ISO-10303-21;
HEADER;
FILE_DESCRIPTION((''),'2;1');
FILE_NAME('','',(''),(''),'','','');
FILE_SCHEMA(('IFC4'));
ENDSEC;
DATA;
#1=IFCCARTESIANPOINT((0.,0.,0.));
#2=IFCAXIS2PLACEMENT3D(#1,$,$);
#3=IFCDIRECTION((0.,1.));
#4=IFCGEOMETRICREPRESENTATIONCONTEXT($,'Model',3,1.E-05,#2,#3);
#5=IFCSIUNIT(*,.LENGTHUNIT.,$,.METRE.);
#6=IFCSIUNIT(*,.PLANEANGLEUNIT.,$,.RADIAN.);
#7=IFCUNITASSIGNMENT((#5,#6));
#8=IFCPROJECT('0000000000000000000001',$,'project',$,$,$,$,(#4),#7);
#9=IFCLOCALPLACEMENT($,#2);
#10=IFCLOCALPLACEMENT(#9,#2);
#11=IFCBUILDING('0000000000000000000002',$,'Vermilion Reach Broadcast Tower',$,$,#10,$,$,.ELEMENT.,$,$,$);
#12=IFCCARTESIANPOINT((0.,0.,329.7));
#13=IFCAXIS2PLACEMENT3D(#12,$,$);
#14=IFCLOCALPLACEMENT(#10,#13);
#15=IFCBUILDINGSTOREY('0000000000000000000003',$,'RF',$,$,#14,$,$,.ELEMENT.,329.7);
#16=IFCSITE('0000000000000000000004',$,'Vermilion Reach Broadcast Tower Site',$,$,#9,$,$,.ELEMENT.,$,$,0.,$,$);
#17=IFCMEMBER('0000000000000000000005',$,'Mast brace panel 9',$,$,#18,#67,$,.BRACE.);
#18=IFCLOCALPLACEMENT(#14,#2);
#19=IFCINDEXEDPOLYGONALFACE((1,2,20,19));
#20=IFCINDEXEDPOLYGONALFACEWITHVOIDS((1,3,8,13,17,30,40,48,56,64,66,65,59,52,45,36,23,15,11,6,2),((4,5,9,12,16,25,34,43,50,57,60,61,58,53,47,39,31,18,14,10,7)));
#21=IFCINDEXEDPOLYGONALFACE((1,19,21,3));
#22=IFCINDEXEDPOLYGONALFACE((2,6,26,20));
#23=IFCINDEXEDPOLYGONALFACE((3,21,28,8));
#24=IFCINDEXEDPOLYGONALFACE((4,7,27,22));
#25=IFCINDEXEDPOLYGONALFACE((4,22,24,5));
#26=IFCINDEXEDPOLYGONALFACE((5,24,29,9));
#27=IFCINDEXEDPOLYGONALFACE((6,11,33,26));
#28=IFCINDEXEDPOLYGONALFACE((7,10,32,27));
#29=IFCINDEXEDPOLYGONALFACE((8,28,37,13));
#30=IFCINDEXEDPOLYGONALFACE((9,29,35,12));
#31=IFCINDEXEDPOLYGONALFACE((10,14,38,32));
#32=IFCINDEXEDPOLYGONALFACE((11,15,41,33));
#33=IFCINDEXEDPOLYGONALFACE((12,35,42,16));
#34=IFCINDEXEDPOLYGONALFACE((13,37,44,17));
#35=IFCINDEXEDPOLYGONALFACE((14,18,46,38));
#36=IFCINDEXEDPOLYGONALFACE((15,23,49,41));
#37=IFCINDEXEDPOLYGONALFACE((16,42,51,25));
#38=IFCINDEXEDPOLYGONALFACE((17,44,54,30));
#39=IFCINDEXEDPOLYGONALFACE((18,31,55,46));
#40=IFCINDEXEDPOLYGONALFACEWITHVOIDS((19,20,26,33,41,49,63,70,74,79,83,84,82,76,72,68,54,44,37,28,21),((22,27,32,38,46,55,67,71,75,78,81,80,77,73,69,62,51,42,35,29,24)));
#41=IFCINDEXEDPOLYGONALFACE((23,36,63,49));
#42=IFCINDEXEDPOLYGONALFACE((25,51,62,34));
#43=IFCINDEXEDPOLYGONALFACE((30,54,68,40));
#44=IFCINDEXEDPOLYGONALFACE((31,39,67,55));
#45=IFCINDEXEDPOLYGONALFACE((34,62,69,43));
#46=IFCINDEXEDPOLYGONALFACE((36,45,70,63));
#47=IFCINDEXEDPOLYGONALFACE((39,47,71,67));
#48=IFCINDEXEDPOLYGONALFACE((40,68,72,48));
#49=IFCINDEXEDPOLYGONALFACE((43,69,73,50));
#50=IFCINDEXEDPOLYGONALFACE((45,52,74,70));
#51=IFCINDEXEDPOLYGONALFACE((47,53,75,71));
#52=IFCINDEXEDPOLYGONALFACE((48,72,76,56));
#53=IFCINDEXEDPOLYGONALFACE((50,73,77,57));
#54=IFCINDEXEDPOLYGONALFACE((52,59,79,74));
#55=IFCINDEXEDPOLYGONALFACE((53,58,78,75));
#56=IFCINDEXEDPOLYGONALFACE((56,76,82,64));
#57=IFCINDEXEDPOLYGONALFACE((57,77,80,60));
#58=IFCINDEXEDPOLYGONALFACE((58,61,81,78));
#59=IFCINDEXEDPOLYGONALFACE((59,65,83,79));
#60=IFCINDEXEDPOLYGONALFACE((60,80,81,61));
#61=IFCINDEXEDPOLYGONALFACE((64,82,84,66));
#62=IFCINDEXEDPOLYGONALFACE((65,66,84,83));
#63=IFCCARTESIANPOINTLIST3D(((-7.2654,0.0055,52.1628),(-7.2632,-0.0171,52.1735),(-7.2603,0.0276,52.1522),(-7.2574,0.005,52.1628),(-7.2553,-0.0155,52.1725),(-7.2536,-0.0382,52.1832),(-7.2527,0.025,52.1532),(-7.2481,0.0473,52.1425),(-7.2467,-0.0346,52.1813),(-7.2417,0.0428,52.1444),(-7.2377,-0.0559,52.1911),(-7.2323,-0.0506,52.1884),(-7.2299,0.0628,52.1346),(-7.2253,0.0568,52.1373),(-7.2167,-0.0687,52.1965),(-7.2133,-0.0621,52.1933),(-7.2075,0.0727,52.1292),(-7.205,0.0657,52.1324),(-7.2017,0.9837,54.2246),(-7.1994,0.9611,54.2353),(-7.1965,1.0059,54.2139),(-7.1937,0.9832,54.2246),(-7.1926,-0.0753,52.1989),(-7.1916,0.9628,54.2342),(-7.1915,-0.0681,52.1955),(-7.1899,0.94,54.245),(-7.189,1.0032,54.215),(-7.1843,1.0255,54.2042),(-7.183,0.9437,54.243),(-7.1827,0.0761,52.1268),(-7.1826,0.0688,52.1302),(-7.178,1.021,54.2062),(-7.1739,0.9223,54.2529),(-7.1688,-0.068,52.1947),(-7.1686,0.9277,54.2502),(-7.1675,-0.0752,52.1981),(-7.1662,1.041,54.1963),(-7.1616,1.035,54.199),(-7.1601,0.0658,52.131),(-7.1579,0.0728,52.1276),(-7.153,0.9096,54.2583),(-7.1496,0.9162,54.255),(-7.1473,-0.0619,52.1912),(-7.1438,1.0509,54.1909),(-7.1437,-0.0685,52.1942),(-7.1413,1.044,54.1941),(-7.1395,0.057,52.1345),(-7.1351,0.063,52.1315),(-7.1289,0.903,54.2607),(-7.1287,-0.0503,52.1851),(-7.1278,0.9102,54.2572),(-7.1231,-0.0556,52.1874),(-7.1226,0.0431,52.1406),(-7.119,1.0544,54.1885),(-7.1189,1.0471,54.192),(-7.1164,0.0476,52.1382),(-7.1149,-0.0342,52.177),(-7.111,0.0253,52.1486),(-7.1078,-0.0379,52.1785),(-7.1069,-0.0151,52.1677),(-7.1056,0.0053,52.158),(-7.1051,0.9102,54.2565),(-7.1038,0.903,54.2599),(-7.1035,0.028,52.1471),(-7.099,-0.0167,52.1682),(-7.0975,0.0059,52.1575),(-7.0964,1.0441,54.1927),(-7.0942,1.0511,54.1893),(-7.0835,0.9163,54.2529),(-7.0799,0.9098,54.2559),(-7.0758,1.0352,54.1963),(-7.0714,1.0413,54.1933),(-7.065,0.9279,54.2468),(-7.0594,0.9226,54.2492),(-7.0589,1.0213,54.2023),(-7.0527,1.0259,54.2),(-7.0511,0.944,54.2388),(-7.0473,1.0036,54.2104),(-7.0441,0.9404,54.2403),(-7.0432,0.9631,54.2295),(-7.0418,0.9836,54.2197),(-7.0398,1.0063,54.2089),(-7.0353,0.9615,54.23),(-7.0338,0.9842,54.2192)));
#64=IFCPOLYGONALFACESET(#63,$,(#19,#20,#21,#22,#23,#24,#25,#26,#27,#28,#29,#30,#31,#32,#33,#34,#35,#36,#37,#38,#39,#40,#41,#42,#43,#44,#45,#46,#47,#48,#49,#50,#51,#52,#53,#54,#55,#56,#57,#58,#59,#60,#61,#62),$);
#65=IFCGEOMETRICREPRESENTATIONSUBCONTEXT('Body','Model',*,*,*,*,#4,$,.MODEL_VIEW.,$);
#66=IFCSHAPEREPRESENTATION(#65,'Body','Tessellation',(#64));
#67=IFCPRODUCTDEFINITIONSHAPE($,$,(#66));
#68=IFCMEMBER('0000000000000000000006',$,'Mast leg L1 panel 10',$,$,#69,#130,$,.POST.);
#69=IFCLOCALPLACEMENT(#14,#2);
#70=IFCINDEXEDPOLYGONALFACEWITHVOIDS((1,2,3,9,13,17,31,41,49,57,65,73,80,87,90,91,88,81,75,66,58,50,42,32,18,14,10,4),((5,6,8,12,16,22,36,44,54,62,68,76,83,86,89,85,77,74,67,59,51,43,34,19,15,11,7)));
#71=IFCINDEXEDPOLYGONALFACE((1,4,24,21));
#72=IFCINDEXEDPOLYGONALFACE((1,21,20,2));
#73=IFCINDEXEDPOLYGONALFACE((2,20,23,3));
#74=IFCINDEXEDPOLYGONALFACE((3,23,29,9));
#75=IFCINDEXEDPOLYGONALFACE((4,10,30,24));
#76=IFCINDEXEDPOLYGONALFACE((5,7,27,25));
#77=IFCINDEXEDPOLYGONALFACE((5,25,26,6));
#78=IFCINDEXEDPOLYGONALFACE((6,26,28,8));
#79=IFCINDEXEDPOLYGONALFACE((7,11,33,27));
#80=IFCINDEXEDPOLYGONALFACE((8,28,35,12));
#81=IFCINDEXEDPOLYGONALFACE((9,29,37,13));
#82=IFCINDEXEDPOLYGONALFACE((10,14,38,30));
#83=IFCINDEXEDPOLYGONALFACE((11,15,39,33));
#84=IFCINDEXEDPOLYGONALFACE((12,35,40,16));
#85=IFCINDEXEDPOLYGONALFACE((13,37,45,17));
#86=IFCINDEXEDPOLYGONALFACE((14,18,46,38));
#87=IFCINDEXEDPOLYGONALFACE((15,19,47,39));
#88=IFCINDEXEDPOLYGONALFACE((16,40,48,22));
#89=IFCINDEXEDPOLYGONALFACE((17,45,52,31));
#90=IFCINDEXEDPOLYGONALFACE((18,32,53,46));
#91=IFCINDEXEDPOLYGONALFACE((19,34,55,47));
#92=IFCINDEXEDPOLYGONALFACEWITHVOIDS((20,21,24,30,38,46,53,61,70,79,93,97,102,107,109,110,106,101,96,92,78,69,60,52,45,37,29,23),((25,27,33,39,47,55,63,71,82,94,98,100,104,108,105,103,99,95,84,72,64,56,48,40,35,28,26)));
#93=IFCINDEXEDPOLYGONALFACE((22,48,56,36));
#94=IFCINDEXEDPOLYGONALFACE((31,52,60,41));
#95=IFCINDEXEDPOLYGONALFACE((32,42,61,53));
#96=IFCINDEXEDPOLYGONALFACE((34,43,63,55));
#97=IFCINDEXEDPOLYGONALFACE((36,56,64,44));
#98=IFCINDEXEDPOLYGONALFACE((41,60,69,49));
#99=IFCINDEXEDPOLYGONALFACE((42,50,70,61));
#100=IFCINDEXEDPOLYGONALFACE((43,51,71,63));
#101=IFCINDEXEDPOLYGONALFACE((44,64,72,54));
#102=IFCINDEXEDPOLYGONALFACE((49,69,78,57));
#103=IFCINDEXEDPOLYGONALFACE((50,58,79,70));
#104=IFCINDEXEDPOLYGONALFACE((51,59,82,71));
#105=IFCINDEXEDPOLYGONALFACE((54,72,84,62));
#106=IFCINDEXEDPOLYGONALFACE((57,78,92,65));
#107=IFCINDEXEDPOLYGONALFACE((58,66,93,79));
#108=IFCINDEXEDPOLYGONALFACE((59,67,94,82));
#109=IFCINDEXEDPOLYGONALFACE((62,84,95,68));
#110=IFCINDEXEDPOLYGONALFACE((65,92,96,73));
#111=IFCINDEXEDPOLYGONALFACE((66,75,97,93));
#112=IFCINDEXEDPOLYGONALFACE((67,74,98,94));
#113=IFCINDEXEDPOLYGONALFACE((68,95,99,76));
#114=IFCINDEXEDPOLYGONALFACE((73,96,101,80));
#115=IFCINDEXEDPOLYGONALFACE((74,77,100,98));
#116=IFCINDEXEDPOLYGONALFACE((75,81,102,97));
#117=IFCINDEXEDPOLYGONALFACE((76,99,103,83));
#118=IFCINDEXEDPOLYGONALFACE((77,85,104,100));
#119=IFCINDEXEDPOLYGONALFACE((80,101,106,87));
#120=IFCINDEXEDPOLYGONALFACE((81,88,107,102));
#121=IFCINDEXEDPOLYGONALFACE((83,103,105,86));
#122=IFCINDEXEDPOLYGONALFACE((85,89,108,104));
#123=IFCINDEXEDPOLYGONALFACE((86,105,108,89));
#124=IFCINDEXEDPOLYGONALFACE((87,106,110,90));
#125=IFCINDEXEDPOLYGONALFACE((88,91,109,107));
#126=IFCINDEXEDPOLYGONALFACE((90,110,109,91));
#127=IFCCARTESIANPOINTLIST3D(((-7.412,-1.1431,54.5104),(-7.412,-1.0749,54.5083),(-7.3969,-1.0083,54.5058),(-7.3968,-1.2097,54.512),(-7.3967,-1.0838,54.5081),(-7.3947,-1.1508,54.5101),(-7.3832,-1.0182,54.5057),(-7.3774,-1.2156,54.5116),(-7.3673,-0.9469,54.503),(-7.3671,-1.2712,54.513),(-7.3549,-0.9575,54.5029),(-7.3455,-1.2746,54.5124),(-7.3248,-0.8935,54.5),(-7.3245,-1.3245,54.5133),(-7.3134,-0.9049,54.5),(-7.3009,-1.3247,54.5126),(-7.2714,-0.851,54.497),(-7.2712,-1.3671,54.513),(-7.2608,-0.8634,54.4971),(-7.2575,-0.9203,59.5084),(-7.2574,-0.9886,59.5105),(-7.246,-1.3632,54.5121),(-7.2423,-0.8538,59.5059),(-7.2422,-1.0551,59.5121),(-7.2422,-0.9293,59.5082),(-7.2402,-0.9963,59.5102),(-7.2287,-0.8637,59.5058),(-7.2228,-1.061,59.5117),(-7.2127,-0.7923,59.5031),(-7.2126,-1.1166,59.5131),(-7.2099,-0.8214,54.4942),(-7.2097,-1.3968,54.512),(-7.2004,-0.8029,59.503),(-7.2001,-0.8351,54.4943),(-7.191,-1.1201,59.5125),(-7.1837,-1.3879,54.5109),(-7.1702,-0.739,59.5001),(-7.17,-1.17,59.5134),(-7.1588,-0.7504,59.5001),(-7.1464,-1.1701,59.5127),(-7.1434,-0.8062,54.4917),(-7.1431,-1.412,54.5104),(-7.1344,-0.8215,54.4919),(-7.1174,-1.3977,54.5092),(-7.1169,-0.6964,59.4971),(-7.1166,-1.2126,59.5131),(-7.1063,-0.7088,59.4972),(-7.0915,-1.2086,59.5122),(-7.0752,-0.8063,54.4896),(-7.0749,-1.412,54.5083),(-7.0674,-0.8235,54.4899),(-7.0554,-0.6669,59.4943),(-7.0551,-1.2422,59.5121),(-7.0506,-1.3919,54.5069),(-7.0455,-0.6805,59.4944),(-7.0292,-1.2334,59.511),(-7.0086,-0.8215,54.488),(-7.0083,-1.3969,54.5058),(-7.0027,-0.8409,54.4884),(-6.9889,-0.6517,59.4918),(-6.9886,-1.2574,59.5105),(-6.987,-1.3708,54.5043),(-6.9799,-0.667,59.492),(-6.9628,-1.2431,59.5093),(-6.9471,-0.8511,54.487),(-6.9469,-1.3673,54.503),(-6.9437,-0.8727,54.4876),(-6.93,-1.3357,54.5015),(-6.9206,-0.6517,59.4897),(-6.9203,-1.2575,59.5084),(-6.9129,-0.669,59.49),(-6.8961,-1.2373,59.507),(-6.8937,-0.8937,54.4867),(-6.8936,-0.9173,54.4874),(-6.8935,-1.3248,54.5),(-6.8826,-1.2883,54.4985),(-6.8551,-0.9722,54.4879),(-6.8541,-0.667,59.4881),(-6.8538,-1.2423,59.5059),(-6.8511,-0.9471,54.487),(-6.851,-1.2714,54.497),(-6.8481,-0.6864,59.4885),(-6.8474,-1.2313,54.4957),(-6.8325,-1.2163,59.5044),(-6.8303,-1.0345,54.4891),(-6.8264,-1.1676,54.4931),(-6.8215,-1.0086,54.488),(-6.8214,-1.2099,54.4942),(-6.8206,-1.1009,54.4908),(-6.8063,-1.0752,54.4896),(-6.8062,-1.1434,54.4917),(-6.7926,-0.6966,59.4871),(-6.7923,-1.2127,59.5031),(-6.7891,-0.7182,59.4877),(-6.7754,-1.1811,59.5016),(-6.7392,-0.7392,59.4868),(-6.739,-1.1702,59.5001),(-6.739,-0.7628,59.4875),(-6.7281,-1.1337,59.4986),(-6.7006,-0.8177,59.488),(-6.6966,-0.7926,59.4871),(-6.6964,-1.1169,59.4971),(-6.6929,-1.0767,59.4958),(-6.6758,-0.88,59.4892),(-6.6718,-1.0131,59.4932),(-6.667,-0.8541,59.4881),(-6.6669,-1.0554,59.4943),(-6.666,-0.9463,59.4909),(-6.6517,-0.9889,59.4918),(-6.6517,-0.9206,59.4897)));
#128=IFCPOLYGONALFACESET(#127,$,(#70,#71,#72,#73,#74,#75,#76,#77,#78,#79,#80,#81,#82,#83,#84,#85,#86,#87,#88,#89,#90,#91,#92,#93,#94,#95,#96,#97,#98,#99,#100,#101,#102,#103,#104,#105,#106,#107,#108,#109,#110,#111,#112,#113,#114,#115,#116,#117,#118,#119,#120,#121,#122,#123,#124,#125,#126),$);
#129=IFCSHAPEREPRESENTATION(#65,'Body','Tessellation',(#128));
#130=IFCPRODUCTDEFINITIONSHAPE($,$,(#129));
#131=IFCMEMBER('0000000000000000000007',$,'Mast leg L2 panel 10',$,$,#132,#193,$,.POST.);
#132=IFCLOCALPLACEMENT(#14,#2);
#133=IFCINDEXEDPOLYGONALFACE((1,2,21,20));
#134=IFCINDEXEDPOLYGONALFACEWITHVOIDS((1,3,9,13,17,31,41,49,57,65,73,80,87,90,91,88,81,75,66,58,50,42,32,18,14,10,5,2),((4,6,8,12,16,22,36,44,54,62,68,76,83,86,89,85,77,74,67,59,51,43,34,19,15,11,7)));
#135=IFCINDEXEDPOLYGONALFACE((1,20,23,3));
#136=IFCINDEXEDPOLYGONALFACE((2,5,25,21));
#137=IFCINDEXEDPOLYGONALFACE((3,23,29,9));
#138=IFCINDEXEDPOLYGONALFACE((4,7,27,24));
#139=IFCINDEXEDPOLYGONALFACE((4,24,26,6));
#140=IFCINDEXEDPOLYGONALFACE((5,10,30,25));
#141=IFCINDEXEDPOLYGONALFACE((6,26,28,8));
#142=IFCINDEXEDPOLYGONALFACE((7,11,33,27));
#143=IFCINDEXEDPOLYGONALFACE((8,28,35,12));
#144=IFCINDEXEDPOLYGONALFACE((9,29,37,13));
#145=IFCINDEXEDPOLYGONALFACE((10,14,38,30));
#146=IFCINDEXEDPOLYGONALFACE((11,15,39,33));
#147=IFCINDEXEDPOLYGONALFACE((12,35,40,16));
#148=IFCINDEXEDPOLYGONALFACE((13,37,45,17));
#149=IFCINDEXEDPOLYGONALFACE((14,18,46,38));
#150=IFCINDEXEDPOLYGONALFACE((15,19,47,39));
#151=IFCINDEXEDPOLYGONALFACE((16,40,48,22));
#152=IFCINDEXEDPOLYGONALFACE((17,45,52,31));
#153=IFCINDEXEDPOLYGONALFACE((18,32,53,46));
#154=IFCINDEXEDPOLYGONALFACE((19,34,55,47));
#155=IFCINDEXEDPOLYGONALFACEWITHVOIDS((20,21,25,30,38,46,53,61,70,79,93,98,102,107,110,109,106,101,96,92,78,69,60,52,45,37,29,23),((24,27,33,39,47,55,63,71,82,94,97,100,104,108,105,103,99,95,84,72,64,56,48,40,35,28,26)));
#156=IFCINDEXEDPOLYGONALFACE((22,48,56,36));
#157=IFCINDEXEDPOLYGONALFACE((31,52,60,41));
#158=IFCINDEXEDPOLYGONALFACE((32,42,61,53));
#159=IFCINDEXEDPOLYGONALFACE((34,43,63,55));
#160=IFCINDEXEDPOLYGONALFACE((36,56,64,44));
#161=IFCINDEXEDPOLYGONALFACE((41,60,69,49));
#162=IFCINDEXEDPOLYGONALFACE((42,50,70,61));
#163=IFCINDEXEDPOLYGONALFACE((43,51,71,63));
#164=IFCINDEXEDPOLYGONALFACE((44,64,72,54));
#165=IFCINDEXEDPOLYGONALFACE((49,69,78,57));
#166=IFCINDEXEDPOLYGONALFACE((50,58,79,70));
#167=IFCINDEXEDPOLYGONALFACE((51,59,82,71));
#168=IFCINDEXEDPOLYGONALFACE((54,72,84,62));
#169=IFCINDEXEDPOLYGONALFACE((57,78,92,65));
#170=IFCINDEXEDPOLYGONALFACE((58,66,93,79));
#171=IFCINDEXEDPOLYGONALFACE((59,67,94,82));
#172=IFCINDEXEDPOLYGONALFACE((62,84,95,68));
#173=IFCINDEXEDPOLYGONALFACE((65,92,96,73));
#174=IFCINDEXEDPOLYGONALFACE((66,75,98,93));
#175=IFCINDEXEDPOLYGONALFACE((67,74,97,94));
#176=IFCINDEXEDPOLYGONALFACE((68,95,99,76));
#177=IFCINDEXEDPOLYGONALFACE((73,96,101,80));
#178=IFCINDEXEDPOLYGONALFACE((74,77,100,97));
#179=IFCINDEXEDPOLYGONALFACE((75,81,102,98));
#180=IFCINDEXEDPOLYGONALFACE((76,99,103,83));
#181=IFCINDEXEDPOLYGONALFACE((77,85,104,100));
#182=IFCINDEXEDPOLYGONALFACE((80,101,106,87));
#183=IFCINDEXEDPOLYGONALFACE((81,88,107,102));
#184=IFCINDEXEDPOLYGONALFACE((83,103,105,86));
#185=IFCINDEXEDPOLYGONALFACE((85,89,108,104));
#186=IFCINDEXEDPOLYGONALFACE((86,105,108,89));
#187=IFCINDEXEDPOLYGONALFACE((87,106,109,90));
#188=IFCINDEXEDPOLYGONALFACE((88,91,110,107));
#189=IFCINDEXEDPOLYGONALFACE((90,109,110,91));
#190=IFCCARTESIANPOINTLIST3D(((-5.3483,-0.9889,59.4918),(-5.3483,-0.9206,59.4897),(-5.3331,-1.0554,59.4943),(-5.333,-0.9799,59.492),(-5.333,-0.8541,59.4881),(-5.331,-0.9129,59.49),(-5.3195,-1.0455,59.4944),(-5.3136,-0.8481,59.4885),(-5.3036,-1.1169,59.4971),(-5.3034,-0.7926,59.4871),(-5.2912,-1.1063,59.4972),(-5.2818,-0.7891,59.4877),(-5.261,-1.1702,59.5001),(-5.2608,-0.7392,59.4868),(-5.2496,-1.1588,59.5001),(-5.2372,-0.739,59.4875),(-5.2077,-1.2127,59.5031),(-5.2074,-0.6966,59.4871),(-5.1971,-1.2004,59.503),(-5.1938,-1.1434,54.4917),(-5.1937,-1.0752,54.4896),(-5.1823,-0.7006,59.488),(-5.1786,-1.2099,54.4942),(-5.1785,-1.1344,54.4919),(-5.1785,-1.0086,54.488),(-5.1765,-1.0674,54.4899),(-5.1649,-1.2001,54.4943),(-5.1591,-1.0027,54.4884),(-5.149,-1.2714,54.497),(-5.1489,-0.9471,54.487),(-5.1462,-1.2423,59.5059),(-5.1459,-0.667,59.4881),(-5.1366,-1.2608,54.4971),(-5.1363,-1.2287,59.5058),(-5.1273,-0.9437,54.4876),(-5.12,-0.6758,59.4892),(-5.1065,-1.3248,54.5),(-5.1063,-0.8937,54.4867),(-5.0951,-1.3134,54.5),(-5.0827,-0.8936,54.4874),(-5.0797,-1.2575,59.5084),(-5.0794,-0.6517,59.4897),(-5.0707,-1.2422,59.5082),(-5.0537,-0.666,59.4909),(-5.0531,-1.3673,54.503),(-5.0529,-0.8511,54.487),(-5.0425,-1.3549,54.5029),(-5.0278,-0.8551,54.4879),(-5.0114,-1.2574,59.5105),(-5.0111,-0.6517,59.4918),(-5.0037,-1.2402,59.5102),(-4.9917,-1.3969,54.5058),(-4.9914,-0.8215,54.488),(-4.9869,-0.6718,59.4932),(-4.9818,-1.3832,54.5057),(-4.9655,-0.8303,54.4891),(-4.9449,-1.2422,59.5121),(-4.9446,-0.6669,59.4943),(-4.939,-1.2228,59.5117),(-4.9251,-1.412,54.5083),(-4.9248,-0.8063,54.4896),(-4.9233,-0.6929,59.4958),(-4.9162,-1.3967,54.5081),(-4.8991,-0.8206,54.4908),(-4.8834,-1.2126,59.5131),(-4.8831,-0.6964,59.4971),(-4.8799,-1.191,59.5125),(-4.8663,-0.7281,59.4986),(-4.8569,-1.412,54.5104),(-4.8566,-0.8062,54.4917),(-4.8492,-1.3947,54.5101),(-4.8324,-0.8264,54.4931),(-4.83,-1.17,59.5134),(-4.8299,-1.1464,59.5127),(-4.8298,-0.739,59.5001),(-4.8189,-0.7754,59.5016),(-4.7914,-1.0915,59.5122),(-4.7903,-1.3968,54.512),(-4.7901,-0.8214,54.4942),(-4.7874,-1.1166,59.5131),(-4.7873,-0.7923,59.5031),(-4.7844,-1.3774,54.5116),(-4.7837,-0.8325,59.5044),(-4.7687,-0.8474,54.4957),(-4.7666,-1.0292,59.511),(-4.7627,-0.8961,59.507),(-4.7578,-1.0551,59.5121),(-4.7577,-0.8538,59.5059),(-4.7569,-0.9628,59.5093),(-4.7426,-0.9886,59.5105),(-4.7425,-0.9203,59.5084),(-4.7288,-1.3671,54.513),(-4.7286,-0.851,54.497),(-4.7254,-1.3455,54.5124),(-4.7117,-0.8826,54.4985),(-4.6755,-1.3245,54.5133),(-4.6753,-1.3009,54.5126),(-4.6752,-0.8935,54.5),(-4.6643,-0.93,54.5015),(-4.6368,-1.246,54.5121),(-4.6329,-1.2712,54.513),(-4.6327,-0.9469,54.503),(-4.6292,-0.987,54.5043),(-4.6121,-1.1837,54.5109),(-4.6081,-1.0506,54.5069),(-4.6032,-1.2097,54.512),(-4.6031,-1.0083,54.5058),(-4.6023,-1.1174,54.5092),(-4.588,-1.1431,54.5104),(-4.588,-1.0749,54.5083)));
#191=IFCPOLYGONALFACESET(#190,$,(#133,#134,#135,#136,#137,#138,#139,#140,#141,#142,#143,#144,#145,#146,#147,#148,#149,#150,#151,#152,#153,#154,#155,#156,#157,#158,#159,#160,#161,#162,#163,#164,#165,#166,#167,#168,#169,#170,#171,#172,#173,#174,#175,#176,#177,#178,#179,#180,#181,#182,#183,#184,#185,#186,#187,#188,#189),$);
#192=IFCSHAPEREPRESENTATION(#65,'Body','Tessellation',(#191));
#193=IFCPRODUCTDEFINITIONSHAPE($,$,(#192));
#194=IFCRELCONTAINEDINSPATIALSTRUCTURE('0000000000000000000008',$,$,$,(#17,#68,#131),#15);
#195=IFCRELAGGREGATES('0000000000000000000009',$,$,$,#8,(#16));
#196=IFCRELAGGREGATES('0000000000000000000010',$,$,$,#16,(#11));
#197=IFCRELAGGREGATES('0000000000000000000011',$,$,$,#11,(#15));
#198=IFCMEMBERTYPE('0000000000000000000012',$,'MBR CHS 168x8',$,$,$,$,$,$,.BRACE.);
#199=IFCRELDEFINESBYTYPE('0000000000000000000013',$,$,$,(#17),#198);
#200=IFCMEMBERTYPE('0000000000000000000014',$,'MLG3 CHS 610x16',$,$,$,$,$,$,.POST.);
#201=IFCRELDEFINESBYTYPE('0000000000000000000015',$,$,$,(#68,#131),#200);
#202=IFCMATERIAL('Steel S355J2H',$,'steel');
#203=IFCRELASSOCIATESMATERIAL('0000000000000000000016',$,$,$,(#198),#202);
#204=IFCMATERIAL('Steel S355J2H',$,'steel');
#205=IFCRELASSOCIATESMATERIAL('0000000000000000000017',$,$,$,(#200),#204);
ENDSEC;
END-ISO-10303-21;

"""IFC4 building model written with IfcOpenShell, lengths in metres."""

from ifc_helpers import new_model, si_unit, direction, frame, origin, origin_2d, place, context, subcontext, project, spatial, hollow_circle, extrude, material, material_profile, profile_set, type_object, element, save


model = new_model("IFC4")

# Units and contexts
model_context = context("Model", 3, precision=1e-05, world=origin(), true_north=direction((0.0, 1.0)))
body_context = subcontext(model_context, "Body", "Model", "MODEL_VIEW")
ifc_project = project(units=[si_unit("LENGTHUNIT", "METRE"), si_unit("PLANEANGLEUNIT", "RADIAN")], contexts=[model_context])

# Site, building, storey
site_placement = place(None, origin())
site = spatial("IfcSite", under=ifc_project, at=site_placement, Name="Vermilion Reach Broadcast Tower Site", CompositionType="ELEMENT", RefElevation=0.0)
building_placement = place(site_placement, origin())
building = spatial("IfcBuilding", under=site, at=building_placement, Name="Vermilion Reach Broadcast Tower", CompositionType="ELEMENT")
storey_placement = place(building_placement, frame((0.0, 0.0, 329.7)))
storey = spatial("IfcBuildingStorey", under=building, at=storey_placement, Name="RF", CompositionType="ELEMENT", Elevation=329.7)

# Members
ifc_material_1 = material(Name="Steel S355J2H", Category="steel")
ifc_material_profile_1 = material_profile(ifc_material_1, hollow_circle(Radius=0.0842, WallThickness=0.0081, at=origin_2d()), Name="S355J2H CHS 168x8")
ifc_profile_set_1 = profile_set([ifc_material_profile_1], Name="Steel S355J2H")
member_type_1 = type_object("IfcMemberType", Name="MBR CHS 168x8", PredefinedType="BRACE", material=ifc_profile_set_1)
member_1_placement = place(storey_placement, frame((-7.1814, 0.0, 52.1628), z_axis=(0.027911, 0.428508, 0.903107), x_axis=(-0.997885, 0.064998, 0.0)))
element("IfcMember", 1, at=member_1_placement, inside=storey, type_object=member_type_1, Name="Mast brace panel 9", PredefinedType="BRACE", context=body_context, shape_type="SweptSolid", body=[
    extrude(hollow_circle(Radius=0.0842, WallThickness=0.0081, at=origin_2d()), origin(), (0.0, 0.0, 1.0), 2.283),
])
ifc_material_2 = material(Name="Steel S355J2H", Category="steel")
ifc_material_profile_2 = material_profile(ifc_material_2, hollow_circle(Radius=0.3049, WallThickness=0.0161, at=origin_2d()), Name="S355J2H CHS 610x16")
ifc_profile_set_2 = profile_set([ifc_material_profile_2], Name="Steel S355J2H")
member_type_2 = type_object("IfcMemberType", Name="MLG3 CHS 610x16", PredefinedType="POST", material=ifc_profile_set_2)
for number, where, z_axis, x_axis, name in (
    (2, (-7.1091, -1.1091, 54.5), (0.030879, 0.030879, 0.999046), (-0.707107, 0.707107, 0.0), "Mast leg L1 panel 10"),
    (3, (-4.8909, -1.1091, 54.5), (-0.030879, 0.030879, 0.999046), (-0.707107, -0.707107, 0.0), "Mast leg L2 panel 10"),
):
    element("IfcMember", number, at=place(storey_placement, frame(where, z_axis=z_axis, x_axis=x_axis)), inside=storey, type_object=member_type_2, Name=name, PredefinedType="POST", context=body_context, shape_type="SweptSolid", body=[
        extrude(hollow_circle(Radius=0.3049, WallThickness=0.0161, at=origin_2d()), origin(), (0.0, 0.0, 1.0), 5.0049),
    ])

save(model, "model.ifc")
